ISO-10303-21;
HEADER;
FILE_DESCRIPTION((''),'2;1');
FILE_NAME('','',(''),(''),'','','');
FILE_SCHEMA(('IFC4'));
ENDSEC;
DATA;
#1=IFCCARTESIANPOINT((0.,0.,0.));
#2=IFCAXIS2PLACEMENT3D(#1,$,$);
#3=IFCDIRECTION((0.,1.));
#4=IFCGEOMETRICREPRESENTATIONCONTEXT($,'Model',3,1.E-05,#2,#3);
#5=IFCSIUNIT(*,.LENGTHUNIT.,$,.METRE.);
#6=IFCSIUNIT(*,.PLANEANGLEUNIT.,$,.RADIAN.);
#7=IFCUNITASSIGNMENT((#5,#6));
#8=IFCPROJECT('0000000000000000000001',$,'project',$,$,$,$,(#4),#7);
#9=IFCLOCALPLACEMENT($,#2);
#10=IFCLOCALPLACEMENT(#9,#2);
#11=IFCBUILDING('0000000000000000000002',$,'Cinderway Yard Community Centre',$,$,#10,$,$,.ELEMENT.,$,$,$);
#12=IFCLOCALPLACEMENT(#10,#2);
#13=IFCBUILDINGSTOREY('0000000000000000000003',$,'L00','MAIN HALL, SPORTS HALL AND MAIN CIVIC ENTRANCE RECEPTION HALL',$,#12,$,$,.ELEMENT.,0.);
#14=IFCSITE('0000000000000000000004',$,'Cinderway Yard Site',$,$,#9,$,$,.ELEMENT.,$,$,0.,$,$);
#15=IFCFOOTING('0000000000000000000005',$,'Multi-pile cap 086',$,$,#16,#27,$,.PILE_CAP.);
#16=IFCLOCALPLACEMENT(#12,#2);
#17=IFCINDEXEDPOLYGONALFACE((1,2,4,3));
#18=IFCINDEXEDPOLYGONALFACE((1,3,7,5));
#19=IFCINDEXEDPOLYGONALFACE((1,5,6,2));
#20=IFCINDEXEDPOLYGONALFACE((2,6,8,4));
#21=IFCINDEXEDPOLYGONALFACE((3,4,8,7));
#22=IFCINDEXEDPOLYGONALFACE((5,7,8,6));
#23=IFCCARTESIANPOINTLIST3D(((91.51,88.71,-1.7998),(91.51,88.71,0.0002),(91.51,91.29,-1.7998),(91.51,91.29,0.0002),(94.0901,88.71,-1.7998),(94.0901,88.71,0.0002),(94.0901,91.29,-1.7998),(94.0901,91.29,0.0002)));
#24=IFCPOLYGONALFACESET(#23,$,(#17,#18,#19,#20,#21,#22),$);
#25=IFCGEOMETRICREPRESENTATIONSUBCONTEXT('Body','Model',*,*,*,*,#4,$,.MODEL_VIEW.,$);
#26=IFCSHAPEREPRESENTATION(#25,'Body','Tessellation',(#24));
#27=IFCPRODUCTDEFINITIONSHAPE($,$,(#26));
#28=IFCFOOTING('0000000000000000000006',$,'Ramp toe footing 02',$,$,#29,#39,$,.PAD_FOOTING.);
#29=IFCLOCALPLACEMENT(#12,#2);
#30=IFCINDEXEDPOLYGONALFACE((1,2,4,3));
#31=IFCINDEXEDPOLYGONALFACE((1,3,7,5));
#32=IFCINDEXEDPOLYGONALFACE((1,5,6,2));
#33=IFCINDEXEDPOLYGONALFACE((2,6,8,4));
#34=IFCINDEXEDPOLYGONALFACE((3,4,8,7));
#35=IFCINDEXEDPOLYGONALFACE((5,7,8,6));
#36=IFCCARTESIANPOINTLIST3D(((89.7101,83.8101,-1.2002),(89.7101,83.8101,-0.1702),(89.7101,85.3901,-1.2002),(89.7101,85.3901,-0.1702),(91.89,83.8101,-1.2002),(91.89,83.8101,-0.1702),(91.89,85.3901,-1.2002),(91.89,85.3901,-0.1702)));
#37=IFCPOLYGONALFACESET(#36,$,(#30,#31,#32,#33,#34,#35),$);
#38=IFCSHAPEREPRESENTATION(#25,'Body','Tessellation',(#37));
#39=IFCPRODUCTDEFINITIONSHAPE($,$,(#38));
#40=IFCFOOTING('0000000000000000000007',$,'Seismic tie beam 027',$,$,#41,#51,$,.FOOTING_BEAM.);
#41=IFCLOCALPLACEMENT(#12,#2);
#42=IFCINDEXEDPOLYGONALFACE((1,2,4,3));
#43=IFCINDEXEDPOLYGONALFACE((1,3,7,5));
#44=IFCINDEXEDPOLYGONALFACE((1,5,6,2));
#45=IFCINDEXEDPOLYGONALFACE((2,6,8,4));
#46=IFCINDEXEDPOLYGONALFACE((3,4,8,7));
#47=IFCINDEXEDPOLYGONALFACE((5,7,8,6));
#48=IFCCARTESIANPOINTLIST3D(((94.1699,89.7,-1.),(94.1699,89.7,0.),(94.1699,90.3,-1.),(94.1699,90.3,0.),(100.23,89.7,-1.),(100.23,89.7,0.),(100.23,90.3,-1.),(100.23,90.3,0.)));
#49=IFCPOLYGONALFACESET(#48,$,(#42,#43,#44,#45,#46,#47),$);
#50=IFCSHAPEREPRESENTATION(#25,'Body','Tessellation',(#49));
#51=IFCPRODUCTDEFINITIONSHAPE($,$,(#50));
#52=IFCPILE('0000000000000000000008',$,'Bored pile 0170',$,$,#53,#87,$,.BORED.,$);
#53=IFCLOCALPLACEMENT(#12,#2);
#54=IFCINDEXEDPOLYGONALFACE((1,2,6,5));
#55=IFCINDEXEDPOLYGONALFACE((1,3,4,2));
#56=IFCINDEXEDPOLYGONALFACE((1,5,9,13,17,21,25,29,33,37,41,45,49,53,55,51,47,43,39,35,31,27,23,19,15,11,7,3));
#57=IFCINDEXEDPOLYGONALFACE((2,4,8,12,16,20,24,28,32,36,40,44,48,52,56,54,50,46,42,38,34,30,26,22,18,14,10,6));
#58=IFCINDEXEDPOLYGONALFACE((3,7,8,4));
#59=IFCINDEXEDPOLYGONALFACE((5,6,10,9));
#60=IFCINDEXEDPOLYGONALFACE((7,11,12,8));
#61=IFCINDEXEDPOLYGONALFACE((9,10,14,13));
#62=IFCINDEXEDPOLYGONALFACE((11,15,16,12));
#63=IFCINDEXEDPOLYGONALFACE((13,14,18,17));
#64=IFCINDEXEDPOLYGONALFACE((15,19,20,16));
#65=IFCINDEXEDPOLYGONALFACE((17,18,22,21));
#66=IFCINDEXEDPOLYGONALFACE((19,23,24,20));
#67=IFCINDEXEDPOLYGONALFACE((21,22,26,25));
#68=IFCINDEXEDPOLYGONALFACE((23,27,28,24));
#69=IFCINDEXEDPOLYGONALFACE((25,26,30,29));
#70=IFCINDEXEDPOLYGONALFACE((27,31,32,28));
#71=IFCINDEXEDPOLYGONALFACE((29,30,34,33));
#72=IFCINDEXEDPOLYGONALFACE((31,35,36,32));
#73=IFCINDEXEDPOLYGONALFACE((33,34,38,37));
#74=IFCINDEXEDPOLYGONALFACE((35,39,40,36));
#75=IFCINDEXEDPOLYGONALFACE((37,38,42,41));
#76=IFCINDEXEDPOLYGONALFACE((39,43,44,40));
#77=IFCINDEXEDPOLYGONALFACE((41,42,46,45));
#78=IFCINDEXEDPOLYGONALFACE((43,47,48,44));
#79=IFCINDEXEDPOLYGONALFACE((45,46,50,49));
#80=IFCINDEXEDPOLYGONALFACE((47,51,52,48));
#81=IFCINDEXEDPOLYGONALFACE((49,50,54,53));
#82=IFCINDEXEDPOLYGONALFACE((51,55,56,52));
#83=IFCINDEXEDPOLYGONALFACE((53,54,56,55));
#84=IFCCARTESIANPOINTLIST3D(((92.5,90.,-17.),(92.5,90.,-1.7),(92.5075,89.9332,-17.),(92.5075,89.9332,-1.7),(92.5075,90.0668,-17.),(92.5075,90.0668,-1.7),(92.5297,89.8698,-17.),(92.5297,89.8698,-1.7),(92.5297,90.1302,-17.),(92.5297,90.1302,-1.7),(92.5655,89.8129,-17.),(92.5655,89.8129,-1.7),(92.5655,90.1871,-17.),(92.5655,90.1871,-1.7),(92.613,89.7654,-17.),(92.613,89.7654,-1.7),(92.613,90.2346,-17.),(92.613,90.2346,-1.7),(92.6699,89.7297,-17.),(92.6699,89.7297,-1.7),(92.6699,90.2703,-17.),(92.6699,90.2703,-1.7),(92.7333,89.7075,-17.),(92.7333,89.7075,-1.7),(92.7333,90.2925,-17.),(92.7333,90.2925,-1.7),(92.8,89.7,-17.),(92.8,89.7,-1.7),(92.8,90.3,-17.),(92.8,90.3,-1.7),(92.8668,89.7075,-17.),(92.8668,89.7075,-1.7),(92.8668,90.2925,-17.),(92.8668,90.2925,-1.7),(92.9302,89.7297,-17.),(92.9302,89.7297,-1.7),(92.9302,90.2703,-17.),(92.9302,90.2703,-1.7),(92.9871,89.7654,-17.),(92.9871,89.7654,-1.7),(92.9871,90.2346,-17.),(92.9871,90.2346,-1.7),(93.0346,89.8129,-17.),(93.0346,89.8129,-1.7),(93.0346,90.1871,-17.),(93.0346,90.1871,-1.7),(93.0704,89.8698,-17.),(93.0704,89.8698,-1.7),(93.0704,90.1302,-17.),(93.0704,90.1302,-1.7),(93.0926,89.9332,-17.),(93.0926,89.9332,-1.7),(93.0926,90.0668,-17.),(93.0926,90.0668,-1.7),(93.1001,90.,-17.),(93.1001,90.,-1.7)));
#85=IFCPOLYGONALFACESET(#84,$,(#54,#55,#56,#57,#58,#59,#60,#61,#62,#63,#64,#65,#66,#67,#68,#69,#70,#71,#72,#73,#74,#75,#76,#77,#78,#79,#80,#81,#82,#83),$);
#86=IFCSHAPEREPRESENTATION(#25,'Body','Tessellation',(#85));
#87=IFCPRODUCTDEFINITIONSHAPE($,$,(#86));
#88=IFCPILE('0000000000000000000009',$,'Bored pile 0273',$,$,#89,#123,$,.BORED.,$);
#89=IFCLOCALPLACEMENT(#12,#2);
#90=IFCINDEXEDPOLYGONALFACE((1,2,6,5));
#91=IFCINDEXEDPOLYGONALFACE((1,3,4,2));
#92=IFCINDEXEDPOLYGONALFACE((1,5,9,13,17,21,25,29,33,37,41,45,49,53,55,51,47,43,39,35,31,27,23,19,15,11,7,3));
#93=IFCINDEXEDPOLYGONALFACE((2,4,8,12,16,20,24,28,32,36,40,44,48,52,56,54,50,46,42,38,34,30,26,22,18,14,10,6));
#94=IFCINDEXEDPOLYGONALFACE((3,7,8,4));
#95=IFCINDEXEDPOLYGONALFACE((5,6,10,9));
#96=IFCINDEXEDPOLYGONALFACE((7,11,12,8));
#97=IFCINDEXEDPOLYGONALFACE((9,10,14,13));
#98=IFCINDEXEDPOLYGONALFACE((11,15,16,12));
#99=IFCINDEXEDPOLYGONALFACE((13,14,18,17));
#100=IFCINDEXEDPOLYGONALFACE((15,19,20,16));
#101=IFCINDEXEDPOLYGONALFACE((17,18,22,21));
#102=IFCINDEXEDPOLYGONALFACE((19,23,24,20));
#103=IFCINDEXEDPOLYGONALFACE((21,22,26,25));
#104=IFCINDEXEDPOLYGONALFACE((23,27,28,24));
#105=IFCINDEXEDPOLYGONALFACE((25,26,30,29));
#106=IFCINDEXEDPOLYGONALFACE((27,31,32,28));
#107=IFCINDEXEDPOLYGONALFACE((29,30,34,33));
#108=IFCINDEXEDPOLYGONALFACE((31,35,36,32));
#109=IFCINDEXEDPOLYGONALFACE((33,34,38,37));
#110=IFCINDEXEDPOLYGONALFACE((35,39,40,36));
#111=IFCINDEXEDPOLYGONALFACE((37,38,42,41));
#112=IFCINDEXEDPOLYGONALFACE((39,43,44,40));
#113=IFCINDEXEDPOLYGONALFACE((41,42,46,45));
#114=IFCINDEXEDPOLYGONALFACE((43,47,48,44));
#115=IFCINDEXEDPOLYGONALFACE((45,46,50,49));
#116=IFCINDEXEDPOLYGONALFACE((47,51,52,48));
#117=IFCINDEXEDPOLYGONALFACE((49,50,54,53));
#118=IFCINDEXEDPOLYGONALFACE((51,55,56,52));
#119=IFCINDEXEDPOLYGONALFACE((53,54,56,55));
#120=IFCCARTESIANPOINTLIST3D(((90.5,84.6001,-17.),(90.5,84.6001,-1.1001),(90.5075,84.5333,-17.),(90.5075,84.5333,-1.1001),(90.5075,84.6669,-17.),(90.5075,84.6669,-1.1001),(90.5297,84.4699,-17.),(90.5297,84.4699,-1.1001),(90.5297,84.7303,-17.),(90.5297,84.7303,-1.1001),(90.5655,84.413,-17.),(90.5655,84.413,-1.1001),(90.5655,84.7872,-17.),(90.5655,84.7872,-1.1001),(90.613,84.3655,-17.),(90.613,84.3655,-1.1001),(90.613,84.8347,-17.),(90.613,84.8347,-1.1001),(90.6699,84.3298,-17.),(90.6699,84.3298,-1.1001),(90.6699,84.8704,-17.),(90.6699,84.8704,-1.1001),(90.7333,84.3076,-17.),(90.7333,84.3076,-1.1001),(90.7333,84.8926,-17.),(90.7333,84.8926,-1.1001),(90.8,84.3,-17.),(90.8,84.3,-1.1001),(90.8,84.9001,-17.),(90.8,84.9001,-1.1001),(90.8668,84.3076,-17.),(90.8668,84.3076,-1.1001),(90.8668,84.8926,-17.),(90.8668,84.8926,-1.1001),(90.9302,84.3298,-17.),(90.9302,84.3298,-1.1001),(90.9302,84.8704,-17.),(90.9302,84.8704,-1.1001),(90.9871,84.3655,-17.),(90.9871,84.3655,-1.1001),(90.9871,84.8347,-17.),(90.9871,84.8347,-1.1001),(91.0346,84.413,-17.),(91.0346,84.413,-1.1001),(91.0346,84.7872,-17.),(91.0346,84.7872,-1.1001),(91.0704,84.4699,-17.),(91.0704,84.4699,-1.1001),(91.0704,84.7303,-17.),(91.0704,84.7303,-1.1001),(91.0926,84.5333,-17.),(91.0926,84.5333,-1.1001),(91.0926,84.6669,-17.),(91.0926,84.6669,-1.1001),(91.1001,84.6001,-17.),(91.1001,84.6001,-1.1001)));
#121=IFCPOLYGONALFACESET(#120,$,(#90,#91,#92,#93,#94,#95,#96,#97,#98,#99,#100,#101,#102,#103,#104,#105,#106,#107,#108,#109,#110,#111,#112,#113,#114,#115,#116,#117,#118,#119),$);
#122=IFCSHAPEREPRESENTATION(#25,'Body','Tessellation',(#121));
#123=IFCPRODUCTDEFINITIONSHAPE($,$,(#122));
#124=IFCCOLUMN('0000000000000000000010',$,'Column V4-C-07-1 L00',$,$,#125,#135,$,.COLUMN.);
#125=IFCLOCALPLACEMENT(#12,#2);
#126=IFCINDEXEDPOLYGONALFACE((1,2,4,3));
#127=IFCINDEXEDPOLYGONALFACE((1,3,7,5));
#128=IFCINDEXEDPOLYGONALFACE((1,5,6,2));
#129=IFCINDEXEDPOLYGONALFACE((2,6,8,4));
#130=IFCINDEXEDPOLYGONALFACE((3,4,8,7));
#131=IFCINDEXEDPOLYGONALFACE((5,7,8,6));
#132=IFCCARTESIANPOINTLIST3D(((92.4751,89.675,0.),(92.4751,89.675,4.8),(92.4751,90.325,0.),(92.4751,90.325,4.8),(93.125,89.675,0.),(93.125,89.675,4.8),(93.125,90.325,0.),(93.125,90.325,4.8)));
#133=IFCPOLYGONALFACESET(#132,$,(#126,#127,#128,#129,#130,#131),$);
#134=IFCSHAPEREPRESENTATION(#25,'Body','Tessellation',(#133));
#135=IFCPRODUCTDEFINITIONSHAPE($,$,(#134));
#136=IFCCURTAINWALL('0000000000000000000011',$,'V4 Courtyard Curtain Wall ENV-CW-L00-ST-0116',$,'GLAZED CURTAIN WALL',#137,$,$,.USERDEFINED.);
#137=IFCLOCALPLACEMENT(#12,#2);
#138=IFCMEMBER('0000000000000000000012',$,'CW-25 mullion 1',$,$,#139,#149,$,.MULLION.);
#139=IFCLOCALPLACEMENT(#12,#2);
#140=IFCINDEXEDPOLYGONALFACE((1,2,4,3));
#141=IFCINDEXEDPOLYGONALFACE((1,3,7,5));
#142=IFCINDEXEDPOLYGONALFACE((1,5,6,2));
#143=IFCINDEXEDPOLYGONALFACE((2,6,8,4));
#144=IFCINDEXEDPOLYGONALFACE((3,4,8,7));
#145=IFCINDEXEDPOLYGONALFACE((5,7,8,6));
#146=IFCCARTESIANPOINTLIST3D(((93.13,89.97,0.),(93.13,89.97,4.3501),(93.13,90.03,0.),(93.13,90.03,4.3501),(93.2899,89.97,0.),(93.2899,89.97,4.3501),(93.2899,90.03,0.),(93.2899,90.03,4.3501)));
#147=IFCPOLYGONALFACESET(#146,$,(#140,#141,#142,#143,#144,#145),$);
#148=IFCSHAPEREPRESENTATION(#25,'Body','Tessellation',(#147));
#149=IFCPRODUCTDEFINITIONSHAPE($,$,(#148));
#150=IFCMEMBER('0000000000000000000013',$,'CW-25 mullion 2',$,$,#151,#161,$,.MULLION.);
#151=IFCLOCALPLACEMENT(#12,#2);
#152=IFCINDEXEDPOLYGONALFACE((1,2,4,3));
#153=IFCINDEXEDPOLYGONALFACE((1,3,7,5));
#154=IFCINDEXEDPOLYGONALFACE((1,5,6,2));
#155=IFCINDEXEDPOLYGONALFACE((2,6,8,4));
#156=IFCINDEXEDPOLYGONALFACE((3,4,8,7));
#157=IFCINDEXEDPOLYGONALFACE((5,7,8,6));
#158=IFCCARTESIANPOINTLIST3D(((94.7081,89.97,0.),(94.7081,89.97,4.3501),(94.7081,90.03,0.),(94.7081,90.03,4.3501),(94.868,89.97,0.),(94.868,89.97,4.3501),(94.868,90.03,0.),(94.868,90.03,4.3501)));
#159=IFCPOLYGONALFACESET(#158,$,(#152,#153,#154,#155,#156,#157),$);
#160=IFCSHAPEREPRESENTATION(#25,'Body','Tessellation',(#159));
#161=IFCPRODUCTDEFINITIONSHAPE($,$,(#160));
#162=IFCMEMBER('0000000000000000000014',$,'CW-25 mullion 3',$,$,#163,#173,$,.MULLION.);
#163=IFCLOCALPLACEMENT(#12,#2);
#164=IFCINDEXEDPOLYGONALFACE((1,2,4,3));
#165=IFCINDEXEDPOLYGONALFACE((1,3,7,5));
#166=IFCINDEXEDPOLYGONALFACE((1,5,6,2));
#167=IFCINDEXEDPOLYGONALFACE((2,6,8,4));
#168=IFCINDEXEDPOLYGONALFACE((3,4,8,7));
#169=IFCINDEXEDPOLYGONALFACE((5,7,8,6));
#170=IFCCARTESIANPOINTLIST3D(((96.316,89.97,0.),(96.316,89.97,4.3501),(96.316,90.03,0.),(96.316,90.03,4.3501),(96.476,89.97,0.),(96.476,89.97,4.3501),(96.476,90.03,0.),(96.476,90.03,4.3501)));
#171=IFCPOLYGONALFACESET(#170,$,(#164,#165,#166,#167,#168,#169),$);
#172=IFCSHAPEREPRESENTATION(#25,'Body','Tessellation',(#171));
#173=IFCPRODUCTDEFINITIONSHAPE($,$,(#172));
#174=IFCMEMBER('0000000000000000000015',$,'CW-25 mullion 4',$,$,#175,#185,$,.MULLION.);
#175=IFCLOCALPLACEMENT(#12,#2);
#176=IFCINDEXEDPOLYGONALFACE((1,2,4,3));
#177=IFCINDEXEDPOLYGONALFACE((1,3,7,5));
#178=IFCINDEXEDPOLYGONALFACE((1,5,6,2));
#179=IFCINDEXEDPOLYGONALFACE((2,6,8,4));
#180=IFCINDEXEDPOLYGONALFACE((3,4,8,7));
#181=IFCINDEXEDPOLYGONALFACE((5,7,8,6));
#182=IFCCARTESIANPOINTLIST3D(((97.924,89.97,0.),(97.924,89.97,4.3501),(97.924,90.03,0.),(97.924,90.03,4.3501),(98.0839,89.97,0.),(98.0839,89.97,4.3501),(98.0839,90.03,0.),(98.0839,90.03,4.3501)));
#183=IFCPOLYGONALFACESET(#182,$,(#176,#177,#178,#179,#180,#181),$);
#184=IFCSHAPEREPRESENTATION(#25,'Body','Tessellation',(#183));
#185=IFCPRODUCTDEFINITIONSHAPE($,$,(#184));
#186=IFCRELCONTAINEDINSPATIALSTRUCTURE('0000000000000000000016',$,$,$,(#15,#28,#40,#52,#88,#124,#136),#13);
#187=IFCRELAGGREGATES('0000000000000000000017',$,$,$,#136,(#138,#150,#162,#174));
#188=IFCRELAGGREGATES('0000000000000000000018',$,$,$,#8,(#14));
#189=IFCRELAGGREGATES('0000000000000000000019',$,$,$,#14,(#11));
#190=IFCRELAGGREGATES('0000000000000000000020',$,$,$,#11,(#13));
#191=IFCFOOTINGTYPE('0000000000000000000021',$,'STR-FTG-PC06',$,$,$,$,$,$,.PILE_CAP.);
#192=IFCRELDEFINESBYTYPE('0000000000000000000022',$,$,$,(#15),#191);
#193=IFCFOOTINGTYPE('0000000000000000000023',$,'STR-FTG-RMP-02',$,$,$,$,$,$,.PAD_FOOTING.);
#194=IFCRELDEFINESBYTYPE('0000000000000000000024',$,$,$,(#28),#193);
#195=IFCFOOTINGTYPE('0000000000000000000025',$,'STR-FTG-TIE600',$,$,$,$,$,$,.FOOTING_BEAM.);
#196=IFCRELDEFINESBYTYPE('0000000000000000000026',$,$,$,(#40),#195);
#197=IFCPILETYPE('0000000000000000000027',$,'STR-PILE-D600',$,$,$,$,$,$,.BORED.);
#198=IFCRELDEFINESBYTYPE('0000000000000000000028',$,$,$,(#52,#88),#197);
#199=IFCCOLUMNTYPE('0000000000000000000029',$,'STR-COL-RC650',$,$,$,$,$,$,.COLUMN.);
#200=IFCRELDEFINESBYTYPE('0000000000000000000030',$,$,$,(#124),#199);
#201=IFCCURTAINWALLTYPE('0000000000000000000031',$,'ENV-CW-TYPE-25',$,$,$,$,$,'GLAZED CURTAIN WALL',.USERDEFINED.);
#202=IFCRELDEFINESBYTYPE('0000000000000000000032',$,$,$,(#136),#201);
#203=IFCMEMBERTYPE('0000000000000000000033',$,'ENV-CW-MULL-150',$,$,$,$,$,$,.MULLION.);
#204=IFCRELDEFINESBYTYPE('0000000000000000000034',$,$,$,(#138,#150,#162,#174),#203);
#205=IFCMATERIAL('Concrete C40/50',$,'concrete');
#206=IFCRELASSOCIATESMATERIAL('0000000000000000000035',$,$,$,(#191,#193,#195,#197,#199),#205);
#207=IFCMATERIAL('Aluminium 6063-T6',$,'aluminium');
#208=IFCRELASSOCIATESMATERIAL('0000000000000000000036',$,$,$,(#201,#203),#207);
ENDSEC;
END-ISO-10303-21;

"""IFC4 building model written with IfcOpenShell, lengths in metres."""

from ifc_helpers import new_model, si_unit, direction, frame, origin, origin_2d, place, context, subcontext, project, spatial, rectangle, circle, extrude, material, material_profile, profile_set, type_object, element, aggregate, save


model = new_model("IFC4")

# Units and contexts
model_context = context("Model", 3, precision=1e-05, world=origin(), true_north=direction((0.0, 1.0)))
body_context = subcontext(model_context, "Body", "Model", "MODEL_VIEW")
ifc_project = project(units=[si_unit("LENGTHUNIT", "METRE"), si_unit("PLANEANGLEUNIT", "RADIAN")], contexts=[model_context])

# Site, building, storey
site_placement = place(None, origin())
site = spatial("IfcSite", under=ifc_project, at=site_placement, Name="Cinderway Yard Site", CompositionType="ELEMENT", RefElevation=0.0)
building_placement = place(site_placement, origin())
building = spatial("IfcBuilding", under=site, at=building_placement, Name="Cinderway Yard Community Centre", CompositionType="ELEMENT")
storey_placement = place(building_placement, origin())
storey = spatial("IfcBuildingStorey", under=building, at=storey_placement, Name="L00", Description="MAIN HALL, SPORTS HALL AND MAIN CIVIC ENTRANCE RECEPTION HALL", CompositionType="ELEMENT", Elevation=0.0)

# Footings
ifc_material_1 = material(Name="Concrete C40/50", Category="concrete")
footing_type_1 = type_object("IfcFootingType", Name="STR-FTG-PC06", PredefinedType="PILE_CAP", material=ifc_material_1)
footing_1_placement = place(storey_placement, frame((92.8, 90.0, -1.7998), z_axis=(0.0, 0.0, 1.0), x_axis=(1.0, 0.0, 0.0)))
element("IfcFooting", 1, at=footing_1_placement, inside=storey, type_object=footing_type_1, Name="Multi-pile cap 086", PredefinedType="PILE_CAP", context=body_context, shape_type="SweptSolid", body=[
    extrude(rectangle(XDim=2.5801, YDim=2.5801, at=origin_2d()), origin(), (0.0, 0.0, 1.0), 1.8),
])
footing_type_2 = type_object("IfcFootingType", Name="STR-FTG-RMP-02", PredefinedType="PAD_FOOTING", material=ifc_material_1)
footing_2_placement = place(storey_placement, frame((90.8, 84.6001, -1.2002), z_axis=(0.0, 0.0, 1.0), x_axis=(1.0, 0.0, 0.0)))
element("IfcFooting", 2, at=footing_2_placement, inside=storey, type_object=footing_type_2, Name="Ramp toe footing 02", PredefinedType="PAD_FOOTING", context=body_context, shape_type="SweptSolid", body=[
    extrude(rectangle(XDim=2.1799, YDim=1.5801, at=origin_2d()), origin(), (0.0, 0.0, 1.0), 1.03),
])
footing_type_3 = type_object("IfcFootingType", Name="STR-FTG-TIE600", PredefinedType="FOOTING_BEAM", material=ifc_material_1)
footing_3_placement = place(storey_placement, frame((97.2, 90.0, -1.0), z_axis=(0.0, 0.0, 1.0), x_axis=(1.0, 0.0, 0.0)))
element("IfcFooting", 3, at=footing_3_placement, inside=storey, type_object=footing_type_3, Name="Seismic tie beam 027", PredefinedType="FOOTING_BEAM", context=body_context, shape_type="SweptSolid", body=[
    extrude(rectangle(XDim=6.0601, YDim=0.6001, at=origin_2d()), origin(), (0.0, 0.0, 1.0), 1.0),
])

# Piles
ifc_material_profile_1 = material_profile(ifc_material_1, circle(Radius=0.3, at=origin_2d()), Name="Concrete C40/50")
ifc_profile_set_1 = profile_set([ifc_material_profile_1], Name="Concrete C40/50")
pile_type = type_object("IfcPileType", Name="STR-PILE-D600", PredefinedType="BORED", material=ifc_profile_set_1)
pile_1_placement = place(storey_placement, frame((92.8, 90.0, -1.7), z_axis=(0.0, 0.0, -1.0), x_axis=(1.0, 0.0, 0.0)))
element("IfcPile", 4, at=pile_1_placement, inside=storey, type_object=pile_type, Name="Bored pile 0170", PredefinedType="BORED", context=body_context, shape_type="SweptSolid", body=[
    extrude(circle(Radius=0.3, at=origin_2d()), origin(), (0.0, 0.0, 1.0), 15.3),
])
pile_2_placement = place(storey_placement, frame((90.8, 84.6001, -1.1001), z_axis=(0.0, 0.0, -1.0), x_axis=(1.0, 0.0, 0.0)))
element("IfcPile", 5, at=pile_2_placement, inside=storey, type_object=pile_type, Name="Bored pile 0273", PredefinedType="BORED", context=body_context, shape_type="SweptSolid", body=[
    extrude(circle(Radius=0.3, at=origin_2d()), origin(), (0.0, 0.0, 1.0), 15.8999),
])

# Column
ifc_material_profile_2 = material_profile(ifc_material_1, rectangle(XDim=0.6499, YDim=0.6499, at=origin_2d()), Name="Concrete C40/50")
ifc_profile_set_2 = profile_set([ifc_material_profile_2], Name="Concrete C40/50")
column_type = type_object("IfcColumnType", Name="STR-COL-RC650", PredefinedType="COLUMN", material=ifc_profile_set_2)
column_placement = place(storey_placement, frame((92.8, 90.0, 0.0), z_axis=(0.0, 0.0, 1.0), x_axis=(1.0, 0.0, 0.0)))
element("IfcColumn", 6, at=column_placement, inside=storey, type_object=column_type, Name="Column V4-C-07-1 L00", PredefinedType="COLUMN", context=body_context, shape_type="SweptSolid", body=[
    extrude(rectangle(XDim=0.6499, YDim=0.6499, at=origin_2d()), origin(), (0.0, 0.0, 1.0), 4.8),
])

# Curtain wall, members
ifc_material_2 = material(Name="Aluminium 6063-T6", Category="aluminium")
curtain_wall_type = type_object("IfcCurtainWallType", Name="ENV-CW-TYPE-25", ElementType="GLAZED CURTAIN WALL", PredefinedType="USERDEFINED", material=ifc_material_2)
curtain_wall_placement = place(storey_placement, origin())
curtain_wall = element("IfcCurtainWall", 7, at=curtain_wall_placement, inside=storey, type_object=curtain_wall_type, Name="V4 Courtyard Curtain Wall ENV-CW-L00-ST-0116", ObjectType="GLAZED CURTAIN WALL", PredefinedType="USERDEFINED")
ifc_material_profile_3 = material_profile(ifc_material_2, rectangle(XDim=0.0601, YDim=0.1599, at=origin_2d()), Name="Aluminium 6063-T6")
ifc_profile_set_3 = profile_set([ifc_material_profile_3], Name="Aluminium 6063-T6")
member_type_1 = type_object("IfcMemberType", Name="ENV-CW-MULL-150", PredefinedType="MULLION", material=ifc_profile_set_3)
member_1_placement = place(storey_placement, frame((93.21, 90.0, 0.0), z_axis=(0.0, 0.0, 1.0), x_axis=(0.0, 1.0, 0.0)))
member_1 = element("IfcMember", 8, at=member_1_placement, type_object=member_type_1, Name="CW-25 mullion 1", PredefinedType="MULLION", context=body_context, shape_type="SweptSolid", body=[
    extrude(rectangle(XDim=0.0601, YDim=0.1599, at=origin_2d()), origin(), (0.0, 0.0, 1.0), 4.3501),
])
member_2_placement = place(storey_placement, frame((94.7881, 90.0, 0.0), z_axis=(0.0, 0.0, 1.0), x_axis=(0.0, 1.0, 0.0)))
member_2 = element("IfcMember", 9, at=member_2_placement, type_object=member_type_1, Name="CW-25 mullion 2", PredefinedType="MULLION", context=body_context, shape_type="SweptSolid", body=[
    extrude(rectangle(XDim=0.0601, YDim=0.1599, at=origin_2d()), origin(), (0.0, 0.0, 1.0), 4.3501),
])
member_3_placement = place(storey_placement, frame((96.396, 90.0, 0.0), z_axis=(0.0, 0.0, 1.0), x_axis=(0.0, 1.0, 0.0)))
member_3 = element("IfcMember", 10, at=member_3_placement, type_object=member_type_1, Name="CW-25 mullion 3", PredefinedType="MULLION", context=body_context, shape_type="SweptSolid", body=[
    extrude(rectangle(XDim=0.0601, YDim=0.1599, at=origin_2d()), origin(), (0.0, 0.0, 1.0), 4.3501),
])
member_4_placement = place(storey_placement, frame((98.0039, 90.0, 0.0), z_axis=(0.0, 0.0, 1.0), x_axis=(0.0, 1.0, 0.0)))
member_4 = element("IfcMember", 11, at=member_4_placement, type_object=member_type_1, Name="CW-25 mullion 4", PredefinedType="MULLION", context=body_context, shape_type="SweptSolid", body=[
    extrude(rectangle(XDim=0.0601, YDim=0.1599, at=origin_2d()), origin(), (0.0, 0.0, 1.0), 4.3501),
])
aggregate(curtain_wall, [member_1, member_2, member_3, member_4])

save(model, "model.ifc")
